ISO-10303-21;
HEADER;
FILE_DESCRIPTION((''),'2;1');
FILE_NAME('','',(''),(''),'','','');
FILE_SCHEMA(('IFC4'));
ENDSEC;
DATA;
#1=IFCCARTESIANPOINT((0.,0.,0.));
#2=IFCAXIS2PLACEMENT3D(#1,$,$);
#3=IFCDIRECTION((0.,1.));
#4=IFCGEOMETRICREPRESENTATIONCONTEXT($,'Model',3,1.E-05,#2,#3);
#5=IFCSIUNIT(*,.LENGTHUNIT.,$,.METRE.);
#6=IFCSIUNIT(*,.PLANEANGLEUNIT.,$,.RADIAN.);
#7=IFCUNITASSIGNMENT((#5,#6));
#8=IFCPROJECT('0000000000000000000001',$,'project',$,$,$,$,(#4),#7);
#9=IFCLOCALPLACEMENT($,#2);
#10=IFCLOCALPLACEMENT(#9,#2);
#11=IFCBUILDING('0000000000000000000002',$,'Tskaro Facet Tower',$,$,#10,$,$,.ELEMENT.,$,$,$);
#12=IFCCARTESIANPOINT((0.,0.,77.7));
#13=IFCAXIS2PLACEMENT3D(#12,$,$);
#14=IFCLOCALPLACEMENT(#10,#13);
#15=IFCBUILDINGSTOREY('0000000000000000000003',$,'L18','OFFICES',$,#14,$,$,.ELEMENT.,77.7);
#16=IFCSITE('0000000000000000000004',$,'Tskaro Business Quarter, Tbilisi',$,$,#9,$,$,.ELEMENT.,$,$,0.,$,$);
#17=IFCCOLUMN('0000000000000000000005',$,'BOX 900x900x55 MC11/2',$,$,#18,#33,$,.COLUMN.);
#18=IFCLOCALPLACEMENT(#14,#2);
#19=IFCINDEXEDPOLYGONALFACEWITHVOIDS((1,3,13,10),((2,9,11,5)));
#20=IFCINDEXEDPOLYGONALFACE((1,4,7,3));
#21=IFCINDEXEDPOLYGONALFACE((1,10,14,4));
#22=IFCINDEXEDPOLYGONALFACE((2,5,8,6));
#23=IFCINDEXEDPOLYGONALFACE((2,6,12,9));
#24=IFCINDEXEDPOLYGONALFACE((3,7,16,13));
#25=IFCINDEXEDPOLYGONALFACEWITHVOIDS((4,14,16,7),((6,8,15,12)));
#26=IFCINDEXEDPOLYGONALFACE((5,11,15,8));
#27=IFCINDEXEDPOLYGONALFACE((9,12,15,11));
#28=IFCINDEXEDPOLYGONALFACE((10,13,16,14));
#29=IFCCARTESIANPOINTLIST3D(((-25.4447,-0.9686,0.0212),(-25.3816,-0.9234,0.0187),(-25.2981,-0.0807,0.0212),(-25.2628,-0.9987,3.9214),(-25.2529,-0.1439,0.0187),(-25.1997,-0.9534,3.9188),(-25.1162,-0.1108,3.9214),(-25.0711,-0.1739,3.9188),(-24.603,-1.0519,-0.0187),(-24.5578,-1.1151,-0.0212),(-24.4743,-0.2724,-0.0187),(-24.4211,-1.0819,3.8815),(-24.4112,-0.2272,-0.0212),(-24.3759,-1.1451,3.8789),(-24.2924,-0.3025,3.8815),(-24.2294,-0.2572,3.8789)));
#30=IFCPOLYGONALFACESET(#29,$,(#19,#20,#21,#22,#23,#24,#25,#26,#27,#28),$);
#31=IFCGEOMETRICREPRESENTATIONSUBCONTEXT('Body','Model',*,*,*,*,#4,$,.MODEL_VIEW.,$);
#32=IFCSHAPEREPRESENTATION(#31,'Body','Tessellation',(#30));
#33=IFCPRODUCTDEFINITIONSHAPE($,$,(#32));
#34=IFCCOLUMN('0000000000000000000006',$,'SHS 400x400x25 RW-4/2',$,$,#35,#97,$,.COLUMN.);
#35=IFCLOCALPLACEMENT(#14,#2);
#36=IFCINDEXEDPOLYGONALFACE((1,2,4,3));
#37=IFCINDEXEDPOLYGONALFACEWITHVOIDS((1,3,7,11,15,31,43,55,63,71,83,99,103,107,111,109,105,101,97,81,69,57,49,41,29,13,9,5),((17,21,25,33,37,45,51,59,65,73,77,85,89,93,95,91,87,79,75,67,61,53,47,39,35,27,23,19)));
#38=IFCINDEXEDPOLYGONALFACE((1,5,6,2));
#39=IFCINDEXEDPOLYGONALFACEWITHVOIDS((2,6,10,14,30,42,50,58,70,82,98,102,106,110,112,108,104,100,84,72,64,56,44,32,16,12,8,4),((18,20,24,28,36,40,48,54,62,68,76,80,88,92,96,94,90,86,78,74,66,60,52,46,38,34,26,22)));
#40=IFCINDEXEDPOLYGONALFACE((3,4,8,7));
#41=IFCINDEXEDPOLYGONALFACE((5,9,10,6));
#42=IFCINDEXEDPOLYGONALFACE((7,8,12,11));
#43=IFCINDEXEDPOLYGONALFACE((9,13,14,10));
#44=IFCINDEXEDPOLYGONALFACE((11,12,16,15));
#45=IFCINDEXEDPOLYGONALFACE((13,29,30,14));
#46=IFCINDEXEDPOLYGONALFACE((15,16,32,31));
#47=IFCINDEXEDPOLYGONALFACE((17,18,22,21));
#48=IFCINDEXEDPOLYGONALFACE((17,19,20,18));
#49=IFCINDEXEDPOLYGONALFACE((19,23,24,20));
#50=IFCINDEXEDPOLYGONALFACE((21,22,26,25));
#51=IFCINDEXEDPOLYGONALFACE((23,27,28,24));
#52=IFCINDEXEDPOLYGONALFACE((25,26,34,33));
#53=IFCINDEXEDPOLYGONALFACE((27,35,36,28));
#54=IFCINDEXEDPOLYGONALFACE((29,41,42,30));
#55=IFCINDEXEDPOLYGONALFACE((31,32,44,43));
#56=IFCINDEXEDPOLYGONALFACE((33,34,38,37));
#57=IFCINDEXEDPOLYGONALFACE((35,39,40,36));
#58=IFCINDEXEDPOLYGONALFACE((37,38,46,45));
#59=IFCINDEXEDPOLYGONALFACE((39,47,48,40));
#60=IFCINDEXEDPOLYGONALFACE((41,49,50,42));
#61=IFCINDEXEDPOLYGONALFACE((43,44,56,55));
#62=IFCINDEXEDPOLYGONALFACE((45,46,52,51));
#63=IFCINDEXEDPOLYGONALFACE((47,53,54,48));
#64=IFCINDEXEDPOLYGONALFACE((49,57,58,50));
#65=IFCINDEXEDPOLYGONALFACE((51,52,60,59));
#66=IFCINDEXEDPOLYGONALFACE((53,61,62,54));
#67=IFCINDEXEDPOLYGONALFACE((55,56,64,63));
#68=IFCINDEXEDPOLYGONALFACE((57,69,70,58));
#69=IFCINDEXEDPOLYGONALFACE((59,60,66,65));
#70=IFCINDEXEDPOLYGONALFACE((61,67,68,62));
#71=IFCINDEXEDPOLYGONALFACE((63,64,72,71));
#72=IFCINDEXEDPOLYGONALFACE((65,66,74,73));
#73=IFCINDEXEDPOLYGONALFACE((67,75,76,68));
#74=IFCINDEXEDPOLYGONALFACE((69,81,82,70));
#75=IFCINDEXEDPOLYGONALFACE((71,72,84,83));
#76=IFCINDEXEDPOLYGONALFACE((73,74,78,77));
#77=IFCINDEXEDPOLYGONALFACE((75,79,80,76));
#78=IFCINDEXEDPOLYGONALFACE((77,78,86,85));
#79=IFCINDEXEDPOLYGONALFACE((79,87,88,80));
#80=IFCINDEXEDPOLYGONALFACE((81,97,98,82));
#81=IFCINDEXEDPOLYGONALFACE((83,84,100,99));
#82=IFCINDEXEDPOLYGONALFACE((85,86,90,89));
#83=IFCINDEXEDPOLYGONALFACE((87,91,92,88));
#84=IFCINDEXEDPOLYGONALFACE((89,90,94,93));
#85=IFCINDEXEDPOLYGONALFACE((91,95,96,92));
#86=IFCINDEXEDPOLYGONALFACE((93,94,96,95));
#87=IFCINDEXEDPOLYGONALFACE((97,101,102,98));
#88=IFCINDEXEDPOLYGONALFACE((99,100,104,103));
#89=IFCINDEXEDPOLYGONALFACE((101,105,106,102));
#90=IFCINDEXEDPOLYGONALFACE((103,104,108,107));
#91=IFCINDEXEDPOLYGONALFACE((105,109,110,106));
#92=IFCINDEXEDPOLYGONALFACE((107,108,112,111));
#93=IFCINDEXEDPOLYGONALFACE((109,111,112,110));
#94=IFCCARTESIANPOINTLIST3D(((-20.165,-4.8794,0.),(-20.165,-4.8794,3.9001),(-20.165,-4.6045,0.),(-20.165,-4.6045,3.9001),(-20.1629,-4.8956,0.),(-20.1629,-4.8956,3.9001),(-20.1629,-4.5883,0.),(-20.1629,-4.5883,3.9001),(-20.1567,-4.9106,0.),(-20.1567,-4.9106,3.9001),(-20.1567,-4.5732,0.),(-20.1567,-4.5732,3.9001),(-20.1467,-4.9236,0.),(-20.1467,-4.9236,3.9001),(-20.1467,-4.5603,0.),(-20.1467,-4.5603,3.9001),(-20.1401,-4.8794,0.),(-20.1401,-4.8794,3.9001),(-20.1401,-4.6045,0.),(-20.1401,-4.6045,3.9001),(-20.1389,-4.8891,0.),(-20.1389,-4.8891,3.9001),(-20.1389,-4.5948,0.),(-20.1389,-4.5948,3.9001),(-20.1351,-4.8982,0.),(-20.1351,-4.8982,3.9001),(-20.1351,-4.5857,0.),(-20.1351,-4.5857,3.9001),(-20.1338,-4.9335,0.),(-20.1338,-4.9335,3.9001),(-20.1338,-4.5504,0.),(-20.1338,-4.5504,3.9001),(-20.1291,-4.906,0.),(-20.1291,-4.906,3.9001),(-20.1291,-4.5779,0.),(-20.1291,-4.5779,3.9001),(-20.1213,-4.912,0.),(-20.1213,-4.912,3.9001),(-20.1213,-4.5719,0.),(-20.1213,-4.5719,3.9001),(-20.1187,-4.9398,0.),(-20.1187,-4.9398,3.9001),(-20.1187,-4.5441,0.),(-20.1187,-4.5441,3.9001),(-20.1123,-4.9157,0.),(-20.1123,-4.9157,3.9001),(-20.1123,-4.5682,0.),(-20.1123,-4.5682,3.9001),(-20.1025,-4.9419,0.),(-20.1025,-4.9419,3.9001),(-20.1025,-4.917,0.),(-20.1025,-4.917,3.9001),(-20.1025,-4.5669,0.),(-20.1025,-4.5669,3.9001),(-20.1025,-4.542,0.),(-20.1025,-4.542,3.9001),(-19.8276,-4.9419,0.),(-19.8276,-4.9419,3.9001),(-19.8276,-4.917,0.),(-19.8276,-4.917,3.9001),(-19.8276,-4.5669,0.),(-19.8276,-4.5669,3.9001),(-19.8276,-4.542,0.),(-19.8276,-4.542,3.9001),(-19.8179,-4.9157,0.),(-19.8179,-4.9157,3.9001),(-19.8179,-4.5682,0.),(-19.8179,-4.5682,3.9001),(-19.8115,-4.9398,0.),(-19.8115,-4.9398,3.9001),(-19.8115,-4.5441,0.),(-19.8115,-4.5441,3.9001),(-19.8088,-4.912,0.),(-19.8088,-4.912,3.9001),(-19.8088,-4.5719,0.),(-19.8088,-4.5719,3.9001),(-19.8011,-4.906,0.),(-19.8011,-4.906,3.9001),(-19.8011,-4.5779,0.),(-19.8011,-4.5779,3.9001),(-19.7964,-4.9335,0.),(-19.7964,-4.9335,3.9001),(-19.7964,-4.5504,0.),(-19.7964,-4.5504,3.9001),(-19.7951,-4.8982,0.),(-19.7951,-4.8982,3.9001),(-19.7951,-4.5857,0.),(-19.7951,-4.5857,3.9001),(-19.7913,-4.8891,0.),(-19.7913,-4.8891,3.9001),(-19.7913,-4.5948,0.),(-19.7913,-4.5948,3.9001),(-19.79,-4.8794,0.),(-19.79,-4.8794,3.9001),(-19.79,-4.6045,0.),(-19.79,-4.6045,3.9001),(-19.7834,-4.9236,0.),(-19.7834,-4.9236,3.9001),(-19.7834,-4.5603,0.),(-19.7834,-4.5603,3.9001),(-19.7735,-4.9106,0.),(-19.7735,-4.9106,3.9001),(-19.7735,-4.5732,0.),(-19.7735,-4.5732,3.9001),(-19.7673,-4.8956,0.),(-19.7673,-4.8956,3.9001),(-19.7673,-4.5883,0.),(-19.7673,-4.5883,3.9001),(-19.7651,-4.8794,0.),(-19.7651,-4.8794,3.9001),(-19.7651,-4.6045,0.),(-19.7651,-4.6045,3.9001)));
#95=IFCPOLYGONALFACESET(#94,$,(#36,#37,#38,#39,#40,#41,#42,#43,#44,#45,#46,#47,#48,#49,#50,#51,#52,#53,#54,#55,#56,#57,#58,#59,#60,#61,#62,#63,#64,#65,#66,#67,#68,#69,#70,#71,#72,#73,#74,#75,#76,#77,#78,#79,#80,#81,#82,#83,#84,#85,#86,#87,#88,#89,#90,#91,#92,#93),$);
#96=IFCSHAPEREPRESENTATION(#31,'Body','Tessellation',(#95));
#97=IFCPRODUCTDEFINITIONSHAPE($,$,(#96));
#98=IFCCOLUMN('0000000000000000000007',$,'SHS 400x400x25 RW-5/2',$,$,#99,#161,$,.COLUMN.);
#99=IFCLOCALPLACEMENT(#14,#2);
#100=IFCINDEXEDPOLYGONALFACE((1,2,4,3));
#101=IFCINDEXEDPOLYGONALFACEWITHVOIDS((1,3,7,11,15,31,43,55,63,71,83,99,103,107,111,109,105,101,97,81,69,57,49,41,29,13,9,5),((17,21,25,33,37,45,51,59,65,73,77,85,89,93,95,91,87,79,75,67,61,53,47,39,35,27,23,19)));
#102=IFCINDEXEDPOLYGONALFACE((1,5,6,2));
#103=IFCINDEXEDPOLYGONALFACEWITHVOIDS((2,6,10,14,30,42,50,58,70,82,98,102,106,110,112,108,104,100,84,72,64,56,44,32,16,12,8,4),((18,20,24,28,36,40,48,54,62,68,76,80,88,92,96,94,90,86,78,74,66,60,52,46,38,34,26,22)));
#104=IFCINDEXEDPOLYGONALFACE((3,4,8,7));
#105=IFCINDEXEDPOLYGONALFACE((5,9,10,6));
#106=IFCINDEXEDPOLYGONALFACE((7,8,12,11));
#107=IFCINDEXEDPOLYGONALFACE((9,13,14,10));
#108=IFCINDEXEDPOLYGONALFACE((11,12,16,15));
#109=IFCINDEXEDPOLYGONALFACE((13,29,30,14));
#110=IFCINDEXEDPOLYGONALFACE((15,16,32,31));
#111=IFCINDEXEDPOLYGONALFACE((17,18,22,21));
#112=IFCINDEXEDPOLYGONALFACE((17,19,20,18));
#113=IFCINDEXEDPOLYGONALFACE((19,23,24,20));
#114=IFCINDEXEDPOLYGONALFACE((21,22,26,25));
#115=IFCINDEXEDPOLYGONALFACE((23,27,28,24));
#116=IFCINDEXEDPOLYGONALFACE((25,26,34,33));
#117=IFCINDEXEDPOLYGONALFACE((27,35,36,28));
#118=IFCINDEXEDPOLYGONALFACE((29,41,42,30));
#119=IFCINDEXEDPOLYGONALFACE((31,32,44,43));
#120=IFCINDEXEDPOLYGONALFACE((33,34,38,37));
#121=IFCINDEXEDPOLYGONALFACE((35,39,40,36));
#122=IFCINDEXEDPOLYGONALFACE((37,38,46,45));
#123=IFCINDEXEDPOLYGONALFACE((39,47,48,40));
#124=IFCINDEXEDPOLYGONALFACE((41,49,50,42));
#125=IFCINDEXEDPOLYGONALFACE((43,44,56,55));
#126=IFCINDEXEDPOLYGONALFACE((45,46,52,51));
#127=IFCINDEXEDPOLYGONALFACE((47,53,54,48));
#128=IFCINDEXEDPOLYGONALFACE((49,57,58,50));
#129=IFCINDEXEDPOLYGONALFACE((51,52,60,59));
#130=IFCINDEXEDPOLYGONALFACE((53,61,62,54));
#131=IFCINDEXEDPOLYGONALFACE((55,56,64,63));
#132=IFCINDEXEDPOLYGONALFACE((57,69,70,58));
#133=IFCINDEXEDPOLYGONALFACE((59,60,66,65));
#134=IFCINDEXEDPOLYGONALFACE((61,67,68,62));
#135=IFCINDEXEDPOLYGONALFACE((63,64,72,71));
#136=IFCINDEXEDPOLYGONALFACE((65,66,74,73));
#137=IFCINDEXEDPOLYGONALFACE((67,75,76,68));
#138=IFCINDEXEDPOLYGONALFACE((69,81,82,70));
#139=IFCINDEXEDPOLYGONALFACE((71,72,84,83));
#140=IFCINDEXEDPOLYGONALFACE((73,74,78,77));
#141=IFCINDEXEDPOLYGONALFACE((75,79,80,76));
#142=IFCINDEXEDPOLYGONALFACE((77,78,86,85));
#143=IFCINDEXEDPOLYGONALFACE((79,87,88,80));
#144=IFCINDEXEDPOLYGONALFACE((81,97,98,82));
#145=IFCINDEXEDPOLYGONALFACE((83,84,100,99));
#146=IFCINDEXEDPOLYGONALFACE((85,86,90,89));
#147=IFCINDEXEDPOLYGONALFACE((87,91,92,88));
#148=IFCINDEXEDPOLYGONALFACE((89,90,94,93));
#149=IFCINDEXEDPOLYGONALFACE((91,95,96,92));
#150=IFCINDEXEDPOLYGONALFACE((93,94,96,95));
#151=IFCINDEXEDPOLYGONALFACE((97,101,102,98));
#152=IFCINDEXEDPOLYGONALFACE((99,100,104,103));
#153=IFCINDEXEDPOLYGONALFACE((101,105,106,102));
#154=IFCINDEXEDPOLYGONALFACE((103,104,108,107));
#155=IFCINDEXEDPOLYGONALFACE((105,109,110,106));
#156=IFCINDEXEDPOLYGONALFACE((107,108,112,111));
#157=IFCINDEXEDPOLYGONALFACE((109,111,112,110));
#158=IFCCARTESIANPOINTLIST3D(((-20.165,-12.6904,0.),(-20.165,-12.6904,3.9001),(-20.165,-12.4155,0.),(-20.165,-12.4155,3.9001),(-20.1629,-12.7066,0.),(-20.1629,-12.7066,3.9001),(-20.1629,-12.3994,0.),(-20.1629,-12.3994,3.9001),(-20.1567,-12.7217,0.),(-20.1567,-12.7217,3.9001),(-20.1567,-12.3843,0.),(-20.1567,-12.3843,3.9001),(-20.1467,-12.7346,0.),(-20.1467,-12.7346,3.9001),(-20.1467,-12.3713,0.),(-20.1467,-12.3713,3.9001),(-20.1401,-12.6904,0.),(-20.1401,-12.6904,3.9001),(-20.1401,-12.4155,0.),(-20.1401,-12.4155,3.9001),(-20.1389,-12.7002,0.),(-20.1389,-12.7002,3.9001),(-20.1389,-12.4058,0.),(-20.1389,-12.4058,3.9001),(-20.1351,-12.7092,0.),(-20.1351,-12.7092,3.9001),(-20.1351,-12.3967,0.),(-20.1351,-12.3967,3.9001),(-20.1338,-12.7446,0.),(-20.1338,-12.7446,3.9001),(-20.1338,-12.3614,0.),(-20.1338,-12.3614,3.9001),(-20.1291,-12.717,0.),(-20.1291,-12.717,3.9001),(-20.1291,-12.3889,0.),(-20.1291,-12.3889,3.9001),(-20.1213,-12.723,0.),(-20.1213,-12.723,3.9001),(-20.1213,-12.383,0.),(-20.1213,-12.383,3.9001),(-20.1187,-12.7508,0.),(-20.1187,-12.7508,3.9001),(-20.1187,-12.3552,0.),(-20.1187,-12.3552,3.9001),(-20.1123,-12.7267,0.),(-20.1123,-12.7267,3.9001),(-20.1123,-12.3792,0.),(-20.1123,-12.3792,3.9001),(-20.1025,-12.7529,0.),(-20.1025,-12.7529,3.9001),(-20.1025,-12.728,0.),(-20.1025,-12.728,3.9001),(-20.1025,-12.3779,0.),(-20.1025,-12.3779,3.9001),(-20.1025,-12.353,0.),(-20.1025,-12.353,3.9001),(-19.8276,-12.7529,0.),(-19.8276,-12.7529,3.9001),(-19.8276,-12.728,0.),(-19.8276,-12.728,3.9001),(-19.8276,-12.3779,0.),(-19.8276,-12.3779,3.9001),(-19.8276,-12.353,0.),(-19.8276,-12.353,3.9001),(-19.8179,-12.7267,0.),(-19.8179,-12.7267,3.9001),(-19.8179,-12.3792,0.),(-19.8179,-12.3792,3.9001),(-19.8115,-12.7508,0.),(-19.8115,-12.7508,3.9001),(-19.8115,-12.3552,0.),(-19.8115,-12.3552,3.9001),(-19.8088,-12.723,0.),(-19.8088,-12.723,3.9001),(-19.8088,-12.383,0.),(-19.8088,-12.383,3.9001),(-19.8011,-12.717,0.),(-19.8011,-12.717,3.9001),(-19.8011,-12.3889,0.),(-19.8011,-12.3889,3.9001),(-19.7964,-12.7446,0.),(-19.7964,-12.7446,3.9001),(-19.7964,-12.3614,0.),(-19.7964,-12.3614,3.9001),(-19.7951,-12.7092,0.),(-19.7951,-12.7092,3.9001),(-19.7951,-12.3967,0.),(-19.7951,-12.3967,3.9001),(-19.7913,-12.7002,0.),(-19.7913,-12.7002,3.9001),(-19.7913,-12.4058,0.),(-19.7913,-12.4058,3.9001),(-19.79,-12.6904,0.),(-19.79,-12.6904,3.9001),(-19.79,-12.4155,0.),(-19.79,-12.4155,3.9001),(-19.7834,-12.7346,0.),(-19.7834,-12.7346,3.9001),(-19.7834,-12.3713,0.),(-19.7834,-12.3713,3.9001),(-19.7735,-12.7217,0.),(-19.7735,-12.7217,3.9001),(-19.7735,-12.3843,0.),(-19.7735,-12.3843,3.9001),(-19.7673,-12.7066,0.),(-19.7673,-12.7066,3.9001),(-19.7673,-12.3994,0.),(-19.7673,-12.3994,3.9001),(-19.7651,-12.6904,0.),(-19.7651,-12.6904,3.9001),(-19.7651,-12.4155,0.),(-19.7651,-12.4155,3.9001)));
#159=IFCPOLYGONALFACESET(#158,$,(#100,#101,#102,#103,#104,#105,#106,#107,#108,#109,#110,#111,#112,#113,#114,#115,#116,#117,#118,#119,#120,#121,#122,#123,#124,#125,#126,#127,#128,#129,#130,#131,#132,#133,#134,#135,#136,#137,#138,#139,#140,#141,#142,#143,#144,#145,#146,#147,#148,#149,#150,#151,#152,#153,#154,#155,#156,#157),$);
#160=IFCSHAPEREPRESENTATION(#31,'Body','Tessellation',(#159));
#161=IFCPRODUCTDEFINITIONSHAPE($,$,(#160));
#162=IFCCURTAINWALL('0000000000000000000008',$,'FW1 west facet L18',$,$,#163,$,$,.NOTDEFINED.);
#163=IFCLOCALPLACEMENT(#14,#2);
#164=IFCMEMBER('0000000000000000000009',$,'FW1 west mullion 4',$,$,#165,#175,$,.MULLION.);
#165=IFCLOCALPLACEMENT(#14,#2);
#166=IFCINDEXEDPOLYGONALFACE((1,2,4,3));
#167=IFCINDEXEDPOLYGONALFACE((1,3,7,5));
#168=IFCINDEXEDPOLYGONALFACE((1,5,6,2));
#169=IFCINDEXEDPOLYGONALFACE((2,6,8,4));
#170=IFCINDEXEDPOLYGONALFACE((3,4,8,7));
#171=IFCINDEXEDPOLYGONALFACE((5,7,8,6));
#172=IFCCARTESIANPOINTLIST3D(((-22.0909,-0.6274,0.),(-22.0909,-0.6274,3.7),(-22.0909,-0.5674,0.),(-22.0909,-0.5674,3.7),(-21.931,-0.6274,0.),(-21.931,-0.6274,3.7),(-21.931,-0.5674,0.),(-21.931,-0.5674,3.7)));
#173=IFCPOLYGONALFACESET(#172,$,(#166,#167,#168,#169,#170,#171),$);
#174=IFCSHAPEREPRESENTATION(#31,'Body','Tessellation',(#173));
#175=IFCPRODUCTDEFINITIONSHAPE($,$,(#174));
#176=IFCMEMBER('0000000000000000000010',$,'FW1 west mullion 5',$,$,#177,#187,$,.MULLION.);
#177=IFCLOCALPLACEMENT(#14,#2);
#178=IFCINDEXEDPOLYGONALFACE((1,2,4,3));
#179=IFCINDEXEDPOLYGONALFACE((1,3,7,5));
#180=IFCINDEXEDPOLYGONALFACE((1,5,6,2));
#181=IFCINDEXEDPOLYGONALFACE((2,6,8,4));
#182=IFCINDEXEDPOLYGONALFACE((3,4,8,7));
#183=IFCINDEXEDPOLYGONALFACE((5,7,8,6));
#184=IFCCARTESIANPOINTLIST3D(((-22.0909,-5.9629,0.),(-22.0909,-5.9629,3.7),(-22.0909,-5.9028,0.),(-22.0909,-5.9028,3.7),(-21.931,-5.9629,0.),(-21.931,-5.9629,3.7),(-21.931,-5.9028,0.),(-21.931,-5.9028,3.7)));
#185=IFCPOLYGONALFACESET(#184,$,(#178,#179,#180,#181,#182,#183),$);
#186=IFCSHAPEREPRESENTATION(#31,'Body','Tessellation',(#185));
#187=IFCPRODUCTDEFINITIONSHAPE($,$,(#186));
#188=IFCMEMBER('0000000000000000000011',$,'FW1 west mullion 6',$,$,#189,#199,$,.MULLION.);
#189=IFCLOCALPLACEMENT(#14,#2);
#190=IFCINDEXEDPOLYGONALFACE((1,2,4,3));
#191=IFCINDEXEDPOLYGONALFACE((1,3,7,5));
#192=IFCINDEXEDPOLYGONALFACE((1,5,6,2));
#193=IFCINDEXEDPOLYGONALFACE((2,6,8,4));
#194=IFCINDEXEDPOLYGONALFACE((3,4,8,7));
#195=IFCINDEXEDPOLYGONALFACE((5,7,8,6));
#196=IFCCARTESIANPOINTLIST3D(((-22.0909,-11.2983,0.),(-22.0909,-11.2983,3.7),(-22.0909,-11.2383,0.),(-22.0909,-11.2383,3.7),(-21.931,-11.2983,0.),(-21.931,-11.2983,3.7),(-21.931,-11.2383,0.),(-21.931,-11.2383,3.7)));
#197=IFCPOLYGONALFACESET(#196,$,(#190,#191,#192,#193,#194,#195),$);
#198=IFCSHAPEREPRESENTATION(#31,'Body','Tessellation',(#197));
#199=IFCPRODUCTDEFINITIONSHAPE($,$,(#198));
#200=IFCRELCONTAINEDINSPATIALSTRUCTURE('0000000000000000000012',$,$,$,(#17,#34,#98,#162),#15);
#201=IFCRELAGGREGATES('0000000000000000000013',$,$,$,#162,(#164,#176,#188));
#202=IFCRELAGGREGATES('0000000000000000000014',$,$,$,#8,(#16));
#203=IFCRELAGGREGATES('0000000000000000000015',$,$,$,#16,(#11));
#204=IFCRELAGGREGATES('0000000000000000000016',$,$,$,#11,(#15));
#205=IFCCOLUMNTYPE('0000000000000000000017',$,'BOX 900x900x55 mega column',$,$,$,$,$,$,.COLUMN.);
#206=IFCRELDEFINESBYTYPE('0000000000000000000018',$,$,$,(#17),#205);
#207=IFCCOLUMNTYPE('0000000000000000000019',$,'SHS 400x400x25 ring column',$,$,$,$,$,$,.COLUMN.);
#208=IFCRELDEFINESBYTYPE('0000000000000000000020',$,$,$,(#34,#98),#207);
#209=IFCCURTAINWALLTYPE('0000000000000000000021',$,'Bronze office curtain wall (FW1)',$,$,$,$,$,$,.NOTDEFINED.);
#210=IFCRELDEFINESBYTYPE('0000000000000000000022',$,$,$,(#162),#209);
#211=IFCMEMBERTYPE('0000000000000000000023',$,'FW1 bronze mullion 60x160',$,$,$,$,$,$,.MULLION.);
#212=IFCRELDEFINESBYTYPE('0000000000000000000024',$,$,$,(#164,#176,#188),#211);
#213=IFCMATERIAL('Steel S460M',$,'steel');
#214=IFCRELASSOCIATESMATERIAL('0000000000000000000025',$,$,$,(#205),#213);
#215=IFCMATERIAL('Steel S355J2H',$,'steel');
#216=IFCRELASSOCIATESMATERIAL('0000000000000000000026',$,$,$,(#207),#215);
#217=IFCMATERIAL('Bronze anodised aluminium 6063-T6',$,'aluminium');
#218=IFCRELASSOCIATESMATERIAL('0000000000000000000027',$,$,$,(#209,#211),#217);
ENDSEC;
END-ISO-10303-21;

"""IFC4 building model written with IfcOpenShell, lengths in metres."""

from ifc_helpers import new_model, si_unit, direction, frame, origin, origin_2d, place, context, subcontext, project, spatial, rectangle, hollow_rectangle, extrude, material, material_profile, profile_set, type_object, element, aggregate, save


model = new_model("IFC4")

# Units and contexts
model_context = context("Model", 3, precision=1e-05, world=origin(), true_north=direction((0.0, 1.0)))
body_context = subcontext(model_context, "Body", "Model", "MODEL_VIEW")
ifc_project = project(units=[si_unit("LENGTHUNIT", "METRE"), si_unit("PLANEANGLEUNIT", "RADIAN")], contexts=[model_context])

# Site, building, storey
site_placement = place(None, origin())
site = spatial("IfcSite", under=ifc_project, at=site_placement, Name="Tskaro Business Quarter, Tbilisi", CompositionType="ELEMENT", RefElevation=0.0)
building_placement = place(site_placement, origin())
building = spatial("IfcBuilding", under=site, at=building_placement, Name="Tskaro Facet Tower", CompositionType="ELEMENT")
storey_placement = place(building_placement, frame((0.0, 0.0, 77.7)))
storey = spatial("IfcBuildingStorey", under=building, at=storey_placement, Name="L18", Description="OFFICES", CompositionType="ELEMENT", Elevation=77.7)

# Columns
ifc_material_1 = material(Name="Steel S460M", Category="steel")
ifc_material_profile_1 = material_profile(ifc_material_1, hollow_rectangle(XDim=0.8999, YDim=0.8999, WallThickness=0.0549, at=origin_2d()), Name="BOX 900x900x55")
ifc_profile_set_1 = profile_set([ifc_material_profile_1], Name="Steel S460M")
column_type_1 = type_object("IfcColumnType", Name="BOX 900x900x55 mega column", PredefinedType="COLUMN", material=ifc_profile_set_1)
column_placement = place(storey_placement, frame((-24.928, -0.5979, 0.0), z_axis=(0.046583, -0.007691, 0.998885), x_axis=(0.162895, 0.986643, 0.0)))
element("IfcColumn", 1, at=column_placement, inside=storey, type_object=column_type_1, Name="BOX 900x900x55 MC11/2", PredefinedType="COLUMN", context=body_context, shape_type="SweptSolid", body=[
    extrude(hollow_rectangle(XDim=0.8999, YDim=0.8999, WallThickness=0.0549, at=origin_2d()), origin(), (0.0, 0.0, 1.0), 3.9045),
])
ifc_material_2 = material(Name="Steel S355J2H", Category="steel")
ifc_material_profile_2 = material_profile(ifc_material_2, hollow_rectangle(XDim=0.3999, YDim=0.3999, WallThickness=0.0249, InnerFilletRadius=0.0376, OuterFilletRadius=0.0625, at=origin_2d()), Name="SHS 400x400x25")
ifc_profile_set_2 = profile_set([ifc_material_profile_2], Name="Steel S355J2H")
column_type_2 = type_object("IfcColumnType", Name="SHS 400x400x25 ring column", PredefinedType="COLUMN", material=ifc_profile_set_2)
for number, where, z_axis, x_axis, name in (
    (2, (-19.9651, -4.7419, 0.0), (0.0, 0.0, 1.0), (1.0, 0.0, 0.0), "SHS 400x400x25 RW-4/2"),
    (3, (-19.9651, -12.553, 0.0), (0.0, 0.0, 1.0), (1.0, 0.0, 0.0), "SHS 400x400x25 RW-5/2"),
):
    element("IfcColumn", number, at=place(storey_placement, frame(where, z_axis=z_axis, x_axis=x_axis)), inside=storey, type_object=column_type_2, Name=name, PredefinedType="COLUMN", context=body_context, shape_type="SweptSolid", body=[
        extrude(hollow_rectangle(XDim=0.3999, YDim=0.3999, WallThickness=0.0249, InnerFilletRadius=0.0376, OuterFilletRadius=0.0625, at=origin_2d()), origin(), (0.0, 0.0, 1.0), 3.9001),
    ])

# Curtain wall, members
ifc_material_3 = material(Name="Bronze anodised aluminium 6063-T6", Category="aluminium")
curtain_wall_type = type_object("IfcCurtainWallType", Name="Bronze office curtain wall (FW1)", PredefinedType="NOTDEFINED", material=ifc_material_3)
curtain_wall_placement = place(storey_placement, origin())
curtain_wall = element("IfcCurtainWall", 4, at=curtain_wall_placement, inside=storey, type_object=curtain_wall_type, Name="FW1 west facet L18", PredefinedType="NOTDEFINED")
ifc_material_profile_3 = material_profile(ifc_material_3, rectangle(XDim=0.0601, YDim=0.1599, at=origin_2d()), Name="Mullion 60x160")
ifc_profile_set_3 = profile_set([ifc_material_profile_3], Name="Bronze anodised aluminium 6063-T6")
member_type_1 = type_object("IfcMemberType", Name="FW1 bronze mullion 60x160", PredefinedType="MULLION", material=ifc_profile_set_3)
member_1_placement = place(storey_placement, frame((-22.011, -0.5974, 0.0), z_axis=(0.0, 0.0, 1.0), x_axis=(0.0, -1.0, 0.0)))
member_1 = element("IfcMember", 5, at=member_1_placement, type_object=member_type_1, Name="FW1 west mullion 4", PredefinedType="MULLION", context=body_context, shape_type="SweptSolid", body=[
    extrude(rectangle(XDim=0.0601, YDim=0.1599, at=origin_2d()), origin(), (0.0, 0.0, 1.0), 3.7),
])
member_2_placement = place(storey_placement, frame((-22.011, -5.9329, 0.0), z_axis=(0.0, 0.0, 1.0), x_axis=(0.0, -1.0, 0.0)))
member_2 = element("IfcMember", 6, at=member_2_placement, type_object=member_type_1, Name="FW1 west mullion 5", PredefinedType="MULLION", context=body_context, shape_type="SweptSolid", body=[
    extrude(rectangle(XDim=0.0601, YDim=0.1599, at=origin_2d()), origin(), (0.0, 0.0, 1.0), 3.7),
])
member_3_placement = place(storey_placement, frame((-22.011, -11.2683, 0.0), z_axis=(0.0, 0.0, 1.0), x_axis=(0.0, -1.0, 0.0)))
member_3 = element("IfcMember", 7, at=member_3_placement, type_object=member_type_1, Name="FW1 west mullion 6", PredefinedType="MULLION", context=body_context, shape_type="SweptSolid", body=[
    extrude(rectangle(XDim=0.0601, YDim=0.1599, at=origin_2d()), origin(), (0.0, 0.0, 1.0), 3.7),
])

aggregate(curtain_wall, [member_1, member_2, member_3])

save(model, "model.ifc")
